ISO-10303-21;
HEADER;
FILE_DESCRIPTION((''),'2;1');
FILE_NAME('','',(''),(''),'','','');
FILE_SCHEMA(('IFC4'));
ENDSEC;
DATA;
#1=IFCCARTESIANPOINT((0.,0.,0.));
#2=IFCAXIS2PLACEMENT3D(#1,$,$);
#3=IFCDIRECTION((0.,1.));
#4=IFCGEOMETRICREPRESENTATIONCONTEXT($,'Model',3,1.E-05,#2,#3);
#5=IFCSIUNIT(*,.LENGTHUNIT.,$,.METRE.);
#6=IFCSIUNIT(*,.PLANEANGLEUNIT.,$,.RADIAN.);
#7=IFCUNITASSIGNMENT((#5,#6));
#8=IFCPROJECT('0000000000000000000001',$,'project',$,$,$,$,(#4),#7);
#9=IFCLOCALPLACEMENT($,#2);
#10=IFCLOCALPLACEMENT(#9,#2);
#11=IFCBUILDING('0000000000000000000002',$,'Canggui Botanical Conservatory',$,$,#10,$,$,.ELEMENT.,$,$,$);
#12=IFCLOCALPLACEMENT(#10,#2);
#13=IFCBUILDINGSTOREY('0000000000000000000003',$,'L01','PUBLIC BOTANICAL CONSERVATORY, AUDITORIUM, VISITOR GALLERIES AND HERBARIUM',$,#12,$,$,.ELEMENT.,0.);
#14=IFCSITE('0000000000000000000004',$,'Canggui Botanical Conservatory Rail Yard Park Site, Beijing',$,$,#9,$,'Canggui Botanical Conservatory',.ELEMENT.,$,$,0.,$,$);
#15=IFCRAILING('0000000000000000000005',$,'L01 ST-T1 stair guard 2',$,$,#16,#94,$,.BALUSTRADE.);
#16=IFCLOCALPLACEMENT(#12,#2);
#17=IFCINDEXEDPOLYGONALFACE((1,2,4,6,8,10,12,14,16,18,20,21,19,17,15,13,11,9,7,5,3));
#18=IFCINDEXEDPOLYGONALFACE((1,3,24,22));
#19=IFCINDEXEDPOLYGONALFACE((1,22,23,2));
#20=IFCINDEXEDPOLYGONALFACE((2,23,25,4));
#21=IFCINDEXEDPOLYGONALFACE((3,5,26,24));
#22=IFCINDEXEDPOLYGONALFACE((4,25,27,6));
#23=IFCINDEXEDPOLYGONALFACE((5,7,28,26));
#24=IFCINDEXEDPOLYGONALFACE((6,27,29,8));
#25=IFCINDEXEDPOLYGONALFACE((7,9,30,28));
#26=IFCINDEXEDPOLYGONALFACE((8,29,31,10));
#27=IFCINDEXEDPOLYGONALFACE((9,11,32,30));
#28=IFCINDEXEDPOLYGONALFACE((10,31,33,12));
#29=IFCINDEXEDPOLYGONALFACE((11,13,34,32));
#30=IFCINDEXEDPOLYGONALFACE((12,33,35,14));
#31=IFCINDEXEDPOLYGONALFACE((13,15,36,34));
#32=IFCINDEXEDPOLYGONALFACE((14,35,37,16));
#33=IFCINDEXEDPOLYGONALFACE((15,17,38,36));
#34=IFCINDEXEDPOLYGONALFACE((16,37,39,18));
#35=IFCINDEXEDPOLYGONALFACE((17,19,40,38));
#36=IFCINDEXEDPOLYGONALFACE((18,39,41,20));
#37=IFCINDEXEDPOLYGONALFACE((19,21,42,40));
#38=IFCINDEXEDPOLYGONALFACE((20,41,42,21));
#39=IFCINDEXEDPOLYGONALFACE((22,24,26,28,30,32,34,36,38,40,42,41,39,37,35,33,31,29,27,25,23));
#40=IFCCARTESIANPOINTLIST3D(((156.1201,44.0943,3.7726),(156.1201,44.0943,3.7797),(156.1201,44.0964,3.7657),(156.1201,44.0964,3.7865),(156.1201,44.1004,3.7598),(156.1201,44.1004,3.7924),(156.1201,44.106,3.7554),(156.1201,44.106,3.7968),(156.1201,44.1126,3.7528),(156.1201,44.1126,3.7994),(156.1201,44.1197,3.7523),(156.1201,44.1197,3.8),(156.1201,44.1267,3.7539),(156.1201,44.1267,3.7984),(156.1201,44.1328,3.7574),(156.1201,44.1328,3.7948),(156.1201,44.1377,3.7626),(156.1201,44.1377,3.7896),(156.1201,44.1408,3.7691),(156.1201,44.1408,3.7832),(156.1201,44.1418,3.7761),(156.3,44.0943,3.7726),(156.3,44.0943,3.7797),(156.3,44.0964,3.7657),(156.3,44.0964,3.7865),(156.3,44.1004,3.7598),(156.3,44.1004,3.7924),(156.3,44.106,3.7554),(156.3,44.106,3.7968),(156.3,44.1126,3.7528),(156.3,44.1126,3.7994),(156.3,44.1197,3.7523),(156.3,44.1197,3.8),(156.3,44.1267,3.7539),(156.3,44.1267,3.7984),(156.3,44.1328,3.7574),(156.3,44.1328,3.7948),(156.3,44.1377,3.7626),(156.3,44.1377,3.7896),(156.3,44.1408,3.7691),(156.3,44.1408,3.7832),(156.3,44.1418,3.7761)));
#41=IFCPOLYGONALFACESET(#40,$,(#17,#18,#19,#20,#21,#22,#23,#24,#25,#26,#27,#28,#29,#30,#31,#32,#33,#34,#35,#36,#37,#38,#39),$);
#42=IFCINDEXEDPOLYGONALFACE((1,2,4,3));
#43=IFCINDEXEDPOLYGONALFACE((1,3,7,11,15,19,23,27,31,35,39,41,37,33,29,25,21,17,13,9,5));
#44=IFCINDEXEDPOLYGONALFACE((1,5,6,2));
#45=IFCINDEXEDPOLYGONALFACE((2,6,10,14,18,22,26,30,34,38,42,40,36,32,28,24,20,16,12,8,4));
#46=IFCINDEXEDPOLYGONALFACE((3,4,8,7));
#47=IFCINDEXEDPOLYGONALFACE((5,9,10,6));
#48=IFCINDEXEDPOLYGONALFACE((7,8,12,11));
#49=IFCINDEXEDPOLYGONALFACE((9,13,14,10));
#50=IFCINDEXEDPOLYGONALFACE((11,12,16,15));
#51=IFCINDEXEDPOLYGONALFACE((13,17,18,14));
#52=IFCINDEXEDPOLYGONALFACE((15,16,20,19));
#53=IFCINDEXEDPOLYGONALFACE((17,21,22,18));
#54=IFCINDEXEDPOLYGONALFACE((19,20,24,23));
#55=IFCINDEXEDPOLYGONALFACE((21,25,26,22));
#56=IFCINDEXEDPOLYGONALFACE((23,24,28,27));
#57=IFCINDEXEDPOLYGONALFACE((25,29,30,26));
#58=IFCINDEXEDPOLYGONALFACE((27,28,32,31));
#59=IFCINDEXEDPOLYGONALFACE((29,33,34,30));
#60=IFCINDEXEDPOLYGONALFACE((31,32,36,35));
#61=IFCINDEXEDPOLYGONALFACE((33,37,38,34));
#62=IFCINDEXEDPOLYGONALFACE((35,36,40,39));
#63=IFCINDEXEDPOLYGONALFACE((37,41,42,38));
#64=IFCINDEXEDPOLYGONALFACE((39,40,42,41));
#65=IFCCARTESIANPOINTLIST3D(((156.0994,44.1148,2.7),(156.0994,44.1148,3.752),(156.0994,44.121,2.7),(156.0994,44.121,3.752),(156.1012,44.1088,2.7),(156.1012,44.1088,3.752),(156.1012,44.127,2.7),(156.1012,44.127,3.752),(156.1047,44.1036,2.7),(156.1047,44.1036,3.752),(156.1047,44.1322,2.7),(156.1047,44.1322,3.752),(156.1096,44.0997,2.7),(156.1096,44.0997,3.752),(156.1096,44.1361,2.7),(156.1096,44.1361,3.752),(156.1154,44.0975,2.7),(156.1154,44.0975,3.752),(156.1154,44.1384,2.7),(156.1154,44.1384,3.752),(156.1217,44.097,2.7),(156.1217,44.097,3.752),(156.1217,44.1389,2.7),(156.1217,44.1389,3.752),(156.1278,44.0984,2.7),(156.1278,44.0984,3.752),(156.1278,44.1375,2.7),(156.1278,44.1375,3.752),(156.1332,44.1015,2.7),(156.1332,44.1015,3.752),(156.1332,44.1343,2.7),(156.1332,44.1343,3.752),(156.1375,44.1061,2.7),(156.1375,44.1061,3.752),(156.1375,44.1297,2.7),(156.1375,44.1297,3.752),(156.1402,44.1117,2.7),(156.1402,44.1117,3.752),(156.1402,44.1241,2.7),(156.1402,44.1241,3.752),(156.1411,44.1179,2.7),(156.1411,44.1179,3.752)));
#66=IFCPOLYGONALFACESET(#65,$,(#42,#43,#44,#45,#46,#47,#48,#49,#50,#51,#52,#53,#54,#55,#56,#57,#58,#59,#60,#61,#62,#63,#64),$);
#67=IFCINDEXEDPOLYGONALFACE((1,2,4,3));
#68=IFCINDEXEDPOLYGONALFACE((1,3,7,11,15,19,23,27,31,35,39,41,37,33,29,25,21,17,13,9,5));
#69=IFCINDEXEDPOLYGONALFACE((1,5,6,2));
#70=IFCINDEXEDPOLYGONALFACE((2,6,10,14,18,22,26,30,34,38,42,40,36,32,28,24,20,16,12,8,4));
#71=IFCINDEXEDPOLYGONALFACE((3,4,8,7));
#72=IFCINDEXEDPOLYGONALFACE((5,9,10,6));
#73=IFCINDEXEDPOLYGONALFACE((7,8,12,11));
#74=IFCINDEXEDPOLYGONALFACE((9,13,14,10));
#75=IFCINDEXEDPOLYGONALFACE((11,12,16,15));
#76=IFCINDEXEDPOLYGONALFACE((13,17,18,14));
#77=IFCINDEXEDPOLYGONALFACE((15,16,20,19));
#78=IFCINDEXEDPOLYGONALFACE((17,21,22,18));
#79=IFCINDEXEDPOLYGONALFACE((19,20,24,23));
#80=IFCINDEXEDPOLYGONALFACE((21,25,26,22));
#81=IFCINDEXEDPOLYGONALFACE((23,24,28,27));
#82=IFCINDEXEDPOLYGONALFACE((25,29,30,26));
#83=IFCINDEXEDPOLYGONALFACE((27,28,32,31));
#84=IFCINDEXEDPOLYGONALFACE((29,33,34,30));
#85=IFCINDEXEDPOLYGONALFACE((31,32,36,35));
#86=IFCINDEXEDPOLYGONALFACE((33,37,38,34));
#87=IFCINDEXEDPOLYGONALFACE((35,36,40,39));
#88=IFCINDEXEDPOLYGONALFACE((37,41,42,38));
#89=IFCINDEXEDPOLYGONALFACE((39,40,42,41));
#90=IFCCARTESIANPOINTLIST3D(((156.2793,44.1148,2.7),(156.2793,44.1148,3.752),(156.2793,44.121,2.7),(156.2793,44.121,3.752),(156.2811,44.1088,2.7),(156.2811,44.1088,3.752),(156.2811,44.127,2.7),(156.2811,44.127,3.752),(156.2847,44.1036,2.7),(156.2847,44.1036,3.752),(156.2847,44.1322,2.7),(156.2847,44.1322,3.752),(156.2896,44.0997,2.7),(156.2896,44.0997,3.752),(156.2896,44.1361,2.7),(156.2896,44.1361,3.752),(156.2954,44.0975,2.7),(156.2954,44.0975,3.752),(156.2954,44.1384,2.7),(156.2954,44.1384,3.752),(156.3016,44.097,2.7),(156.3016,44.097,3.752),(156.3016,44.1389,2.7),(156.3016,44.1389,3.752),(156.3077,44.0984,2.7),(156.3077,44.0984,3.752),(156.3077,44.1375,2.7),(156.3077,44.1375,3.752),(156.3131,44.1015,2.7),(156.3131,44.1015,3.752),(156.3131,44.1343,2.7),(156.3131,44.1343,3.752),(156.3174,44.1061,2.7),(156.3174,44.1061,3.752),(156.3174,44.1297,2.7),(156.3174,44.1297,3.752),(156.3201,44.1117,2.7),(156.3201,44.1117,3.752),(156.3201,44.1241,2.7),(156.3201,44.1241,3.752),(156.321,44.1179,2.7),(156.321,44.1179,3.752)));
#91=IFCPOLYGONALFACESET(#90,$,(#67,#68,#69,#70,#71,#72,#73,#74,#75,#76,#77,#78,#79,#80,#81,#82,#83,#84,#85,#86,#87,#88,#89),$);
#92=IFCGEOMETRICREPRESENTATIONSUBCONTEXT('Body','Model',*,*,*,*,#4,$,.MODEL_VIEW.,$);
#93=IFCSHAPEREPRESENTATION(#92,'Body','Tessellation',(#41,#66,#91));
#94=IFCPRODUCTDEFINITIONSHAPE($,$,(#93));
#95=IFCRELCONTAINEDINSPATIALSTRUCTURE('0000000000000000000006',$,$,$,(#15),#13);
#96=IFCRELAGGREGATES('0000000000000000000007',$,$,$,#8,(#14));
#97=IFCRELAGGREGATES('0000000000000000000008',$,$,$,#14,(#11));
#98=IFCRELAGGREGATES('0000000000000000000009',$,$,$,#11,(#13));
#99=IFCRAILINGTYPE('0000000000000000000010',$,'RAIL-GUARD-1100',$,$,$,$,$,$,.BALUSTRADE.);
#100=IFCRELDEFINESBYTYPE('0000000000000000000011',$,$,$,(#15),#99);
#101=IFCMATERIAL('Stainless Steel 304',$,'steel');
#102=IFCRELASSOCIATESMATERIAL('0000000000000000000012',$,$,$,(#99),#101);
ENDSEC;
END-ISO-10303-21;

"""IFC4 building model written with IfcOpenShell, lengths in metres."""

from ifc_helpers import new_model, si_unit, direction, frame, origin, origin_2d, place, context, subcontext, project, spatial, circle, extrude, material, type_object, element, save


model = new_model("IFC4")

# Units and contexts
model_context = context("Model", 3, precision=1e-05, world=origin(), true_north=direction((0.0, 1.0)))
body_context = subcontext(model_context, "Body", "Model", "MODEL_VIEW")
ifc_project = project(units=[si_unit("LENGTHUNIT", "METRE"), si_unit("PLANEANGLEUNIT", "RADIAN")], contexts=[model_context])

# Site, building, storey
site_placement = place(None, origin())
site = spatial("IfcSite", under=ifc_project, at=site_placement, Name="Canggui Botanical Conservatory Rail Yard Park Site, Beijing", LongName="Canggui Botanical Conservatory", CompositionType="ELEMENT", RefElevation=0.0)
building_placement = place(site_placement, origin())
building = spatial("IfcBuilding", under=site, at=building_placement, Name="Canggui Botanical Conservatory", CompositionType="ELEMENT")
storey_placement = place(building_placement, origin())
storey = spatial("IfcBuildingStorey", under=building, at=storey_placement, Name="L01", Description="PUBLIC BOTANICAL CONSERVATORY, AUDITORIUM, VISITOR GALLERIES AND HERBARIUM", CompositionType="ELEMENT", Elevation=0.0)

# Railing
ifc_material_1 = material(Name="Stainless Steel 304", Category="steel")
railing_type_1 = type_object("IfcRailingType", Name="RAIL-GUARD-1100", PredefinedType="BALUSTRADE", material=ifc_material_1)
railing_1_placement = place(storey_placement, frame((156.1201, 44.1179, 2.7)))
element("IfcRailing", 1, at=railing_1_placement, inside=storey, type_object=railing_type_1, Name="L01 ST-T1 stair guard 2", PredefinedType="BALUSTRADE", context=body_context, shape_type="SweptSolid", body=[
    extrude(circle(Radius=0.0239, at=origin_2d()), frame((0.0, 0.0, 1.0762), z_axis=(1.0, 0.0, 0.0), x_axis=(0.0, 1.0, 0.0)), (0.0, 0.0, 1.0), 0.1799),
    extrude(circle(Radius=0.021, at=origin_2d()), origin(), (0.0, 0.0, 1.0), 1.052),
    extrude(circle(Radius=0.021, at=origin_2d()), frame((0.1799, 0.0, 0.0)), (0.0, 0.0, 1.0), 1.052),
])

save(model, "model.ifc")
